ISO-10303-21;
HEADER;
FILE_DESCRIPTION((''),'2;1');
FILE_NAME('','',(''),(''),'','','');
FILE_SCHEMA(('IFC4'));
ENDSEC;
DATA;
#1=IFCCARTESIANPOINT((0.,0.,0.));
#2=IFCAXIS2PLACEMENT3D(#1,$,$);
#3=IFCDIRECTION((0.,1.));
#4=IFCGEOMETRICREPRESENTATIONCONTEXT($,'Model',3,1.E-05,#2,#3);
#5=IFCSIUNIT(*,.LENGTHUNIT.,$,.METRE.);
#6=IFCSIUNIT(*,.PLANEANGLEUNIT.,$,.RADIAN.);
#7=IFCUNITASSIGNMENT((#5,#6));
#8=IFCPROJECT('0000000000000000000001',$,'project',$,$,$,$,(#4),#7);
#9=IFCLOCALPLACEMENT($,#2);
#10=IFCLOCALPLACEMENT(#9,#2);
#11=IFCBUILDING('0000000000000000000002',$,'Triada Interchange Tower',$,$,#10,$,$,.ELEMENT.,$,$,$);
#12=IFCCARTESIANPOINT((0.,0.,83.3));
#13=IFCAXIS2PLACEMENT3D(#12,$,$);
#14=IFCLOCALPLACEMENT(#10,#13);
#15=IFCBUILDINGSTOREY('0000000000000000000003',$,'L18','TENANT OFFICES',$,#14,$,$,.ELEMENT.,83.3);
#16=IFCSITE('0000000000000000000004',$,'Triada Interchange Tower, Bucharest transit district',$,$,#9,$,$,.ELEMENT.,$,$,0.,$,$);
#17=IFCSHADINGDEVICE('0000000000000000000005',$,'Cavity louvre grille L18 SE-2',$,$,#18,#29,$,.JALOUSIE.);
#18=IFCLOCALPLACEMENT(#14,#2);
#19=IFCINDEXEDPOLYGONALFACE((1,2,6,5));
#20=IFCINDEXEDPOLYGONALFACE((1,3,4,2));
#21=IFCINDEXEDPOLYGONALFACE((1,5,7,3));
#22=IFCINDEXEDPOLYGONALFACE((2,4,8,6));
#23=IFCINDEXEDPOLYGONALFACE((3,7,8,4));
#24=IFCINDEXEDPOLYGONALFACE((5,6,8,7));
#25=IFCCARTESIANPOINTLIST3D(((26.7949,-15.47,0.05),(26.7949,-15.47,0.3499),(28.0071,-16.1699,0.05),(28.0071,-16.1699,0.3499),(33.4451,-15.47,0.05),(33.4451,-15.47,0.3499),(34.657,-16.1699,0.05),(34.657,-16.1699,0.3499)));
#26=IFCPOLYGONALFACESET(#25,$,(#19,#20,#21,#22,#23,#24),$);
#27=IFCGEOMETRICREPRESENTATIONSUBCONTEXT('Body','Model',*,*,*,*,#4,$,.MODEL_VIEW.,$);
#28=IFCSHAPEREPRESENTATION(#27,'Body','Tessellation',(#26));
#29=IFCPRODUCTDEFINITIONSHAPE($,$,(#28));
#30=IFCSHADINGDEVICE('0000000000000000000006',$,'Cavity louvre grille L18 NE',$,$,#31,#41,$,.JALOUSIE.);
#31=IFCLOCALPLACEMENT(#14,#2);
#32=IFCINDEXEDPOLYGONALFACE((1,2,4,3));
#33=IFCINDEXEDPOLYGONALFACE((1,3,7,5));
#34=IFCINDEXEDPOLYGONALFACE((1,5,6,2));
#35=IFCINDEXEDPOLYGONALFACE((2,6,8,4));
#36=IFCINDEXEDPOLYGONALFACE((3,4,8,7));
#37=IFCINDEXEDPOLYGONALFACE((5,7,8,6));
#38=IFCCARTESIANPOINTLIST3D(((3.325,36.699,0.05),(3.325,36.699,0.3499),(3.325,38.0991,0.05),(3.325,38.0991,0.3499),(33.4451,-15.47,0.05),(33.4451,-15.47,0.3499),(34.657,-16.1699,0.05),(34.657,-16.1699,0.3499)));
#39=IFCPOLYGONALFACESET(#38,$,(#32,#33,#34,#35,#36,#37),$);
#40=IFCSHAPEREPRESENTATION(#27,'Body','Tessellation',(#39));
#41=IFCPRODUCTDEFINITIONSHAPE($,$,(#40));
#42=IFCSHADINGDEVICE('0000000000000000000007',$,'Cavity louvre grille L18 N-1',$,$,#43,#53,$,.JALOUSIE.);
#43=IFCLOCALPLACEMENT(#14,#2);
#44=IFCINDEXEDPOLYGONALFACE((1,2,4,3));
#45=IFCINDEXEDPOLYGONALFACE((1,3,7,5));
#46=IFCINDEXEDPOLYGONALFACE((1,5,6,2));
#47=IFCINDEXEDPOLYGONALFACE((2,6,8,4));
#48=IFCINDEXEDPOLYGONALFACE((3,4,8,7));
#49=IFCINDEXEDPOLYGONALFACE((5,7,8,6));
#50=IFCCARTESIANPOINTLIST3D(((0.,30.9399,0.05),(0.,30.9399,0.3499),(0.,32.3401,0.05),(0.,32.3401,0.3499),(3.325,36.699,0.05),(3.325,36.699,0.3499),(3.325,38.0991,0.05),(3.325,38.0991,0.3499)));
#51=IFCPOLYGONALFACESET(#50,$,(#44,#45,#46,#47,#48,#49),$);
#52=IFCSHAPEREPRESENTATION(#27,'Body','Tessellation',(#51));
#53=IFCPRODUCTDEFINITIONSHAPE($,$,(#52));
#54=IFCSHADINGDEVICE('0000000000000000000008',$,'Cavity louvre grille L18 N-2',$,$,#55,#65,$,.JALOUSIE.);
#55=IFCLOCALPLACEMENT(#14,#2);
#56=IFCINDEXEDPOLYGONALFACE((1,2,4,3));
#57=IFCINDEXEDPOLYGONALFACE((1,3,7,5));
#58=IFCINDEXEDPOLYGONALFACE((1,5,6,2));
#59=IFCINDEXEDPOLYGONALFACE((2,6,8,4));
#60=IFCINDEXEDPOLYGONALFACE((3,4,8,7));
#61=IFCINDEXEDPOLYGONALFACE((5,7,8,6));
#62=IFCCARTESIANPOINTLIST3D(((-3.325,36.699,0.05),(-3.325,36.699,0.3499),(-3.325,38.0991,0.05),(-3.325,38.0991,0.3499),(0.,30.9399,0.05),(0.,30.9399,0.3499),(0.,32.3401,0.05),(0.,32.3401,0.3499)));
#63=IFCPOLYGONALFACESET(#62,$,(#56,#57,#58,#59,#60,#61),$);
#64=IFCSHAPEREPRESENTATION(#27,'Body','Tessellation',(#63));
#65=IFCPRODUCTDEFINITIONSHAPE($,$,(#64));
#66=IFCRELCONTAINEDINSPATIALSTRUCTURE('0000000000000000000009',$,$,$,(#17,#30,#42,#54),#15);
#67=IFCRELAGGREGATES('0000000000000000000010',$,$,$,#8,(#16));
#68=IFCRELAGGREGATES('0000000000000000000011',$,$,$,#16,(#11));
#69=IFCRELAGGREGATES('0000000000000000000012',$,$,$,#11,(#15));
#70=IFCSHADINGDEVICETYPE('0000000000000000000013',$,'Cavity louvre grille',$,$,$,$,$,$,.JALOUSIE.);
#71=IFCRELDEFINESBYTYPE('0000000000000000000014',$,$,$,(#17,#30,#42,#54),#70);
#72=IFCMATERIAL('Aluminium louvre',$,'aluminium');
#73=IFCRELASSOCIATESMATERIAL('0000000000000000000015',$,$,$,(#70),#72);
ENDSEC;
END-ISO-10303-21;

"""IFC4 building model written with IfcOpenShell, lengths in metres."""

from ifc_helpers import new_model, si_unit, direction, frame, origin, place, context, subcontext, project, spatial, polyline, outline, extrude, material, type_object, element, save


model = new_model("IFC4")

# Units and contexts
model_context = context("Model", 3, precision=1e-05, world=origin(), true_north=direction((0.0, 1.0)))
body_context = subcontext(model_context, "Body", "Model", "MODEL_VIEW")
ifc_project = project(units=[si_unit("LENGTHUNIT", "METRE"), si_unit("PLANEANGLEUNIT", "RADIAN")], contexts=[model_context])

# Site, building, storey
site_placement = place(None, origin())
site = spatial("IfcSite", under=ifc_project, at=site_placement, Name="Triada Interchange Tower, Bucharest transit district", CompositionType="ELEMENT", RefElevation=0.0)
building_placement = place(site_placement, origin())
building = spatial("IfcBuilding", under=site, at=building_placement, Name="Triada Interchange Tower", CompositionType="ELEMENT")
storey_placement = place(building_placement, frame((0.0, 0.0, 83.3)))
storey = spatial("IfcBuildingStorey", under=building, at=storey_placement, Name="L18", Description="TENANT OFFICES", CompositionType="ELEMENT", Elevation=83.3)

# Shading devices
ifc_material_1 = material(Name="Aluminium louvre", Category="aluminium")
shading_device_type = type_object("IfcShadingDeviceType", Name="Cavity louvre grille", PredefinedType="JALOUSIE", material=ifc_material_1)
shading_device_1_placement = place(storey_placement, frame((0.0, 0.0, 0.05)))
element("IfcShadingDevice", 1, at=shading_device_1_placement, inside=storey, type_object=shading_device_type, Name="Cavity louvre grille L18 SE-2", PredefinedType="JALOUSIE", context=body_context, shape_type="SweptSolid", body=[
    extrude(outline(polyline([(26.7949, -15.47), (28.0071, -16.1699), (34.657, -16.1699), (33.4451, -15.47), (26.7949, -15.47)])), origin(), (0.0, 0.0, 1.0), 0.2998),
])
shading_device_2_placement = place(storey_placement, frame((0.0, 0.0, 0.05)))
element("IfcShadingDevice", 2, at=shading_device_2_placement, inside=storey, type_object=shading_device_type, Name="Cavity louvre grille L18 NE", PredefinedType="JALOUSIE", context=body_context, shape_type="SweptSolid", body=[
    extrude(outline(polyline([(33.4451, -15.47), (34.657, -16.1699), (3.325, 38.0991), (3.325, 36.699), (33.4451, -15.47)])), origin(), (0.0, 0.0, 1.0), 0.2998),
])
shading_device_3_placement = place(storey_placement, frame((0.0, 0.0, 0.05)))
element("IfcShadingDevice", 3, at=shading_device_3_placement, inside=storey, type_object=shading_device_type, Name="Cavity louvre grille L18 N-1", PredefinedType="JALOUSIE", context=body_context, shape_type="SweptSolid", body=[
    extrude(outline(polyline([(3.325, 36.699), (3.325, 38.0991), (0.0, 32.3401), (0.0, 30.9399), (3.325, 36.699)])), origin(), (0.0, 0.0, 1.0), 0.2998),
])
shading_device_4_placement = place(storey_placement, frame((0.0, 0.0, 0.05)))
element("IfcShadingDevice", 4, at=shading_device_4_placement, inside=storey, type_object=shading_device_type, Name="Cavity louvre grille L18 N-2", PredefinedType="JALOUSIE", context=body_context, shape_type="SweptSolid", body=[
    extrude(outline(polyline([(0.0, 30.9399), (0.0, 32.3401), (-3.325, 38.0991), (-3.325, 36.699), (0.0, 30.9399)])), origin(), (0.0, 0.0, 1.0), 0.2998),
])

save(model, "model.ifc")
